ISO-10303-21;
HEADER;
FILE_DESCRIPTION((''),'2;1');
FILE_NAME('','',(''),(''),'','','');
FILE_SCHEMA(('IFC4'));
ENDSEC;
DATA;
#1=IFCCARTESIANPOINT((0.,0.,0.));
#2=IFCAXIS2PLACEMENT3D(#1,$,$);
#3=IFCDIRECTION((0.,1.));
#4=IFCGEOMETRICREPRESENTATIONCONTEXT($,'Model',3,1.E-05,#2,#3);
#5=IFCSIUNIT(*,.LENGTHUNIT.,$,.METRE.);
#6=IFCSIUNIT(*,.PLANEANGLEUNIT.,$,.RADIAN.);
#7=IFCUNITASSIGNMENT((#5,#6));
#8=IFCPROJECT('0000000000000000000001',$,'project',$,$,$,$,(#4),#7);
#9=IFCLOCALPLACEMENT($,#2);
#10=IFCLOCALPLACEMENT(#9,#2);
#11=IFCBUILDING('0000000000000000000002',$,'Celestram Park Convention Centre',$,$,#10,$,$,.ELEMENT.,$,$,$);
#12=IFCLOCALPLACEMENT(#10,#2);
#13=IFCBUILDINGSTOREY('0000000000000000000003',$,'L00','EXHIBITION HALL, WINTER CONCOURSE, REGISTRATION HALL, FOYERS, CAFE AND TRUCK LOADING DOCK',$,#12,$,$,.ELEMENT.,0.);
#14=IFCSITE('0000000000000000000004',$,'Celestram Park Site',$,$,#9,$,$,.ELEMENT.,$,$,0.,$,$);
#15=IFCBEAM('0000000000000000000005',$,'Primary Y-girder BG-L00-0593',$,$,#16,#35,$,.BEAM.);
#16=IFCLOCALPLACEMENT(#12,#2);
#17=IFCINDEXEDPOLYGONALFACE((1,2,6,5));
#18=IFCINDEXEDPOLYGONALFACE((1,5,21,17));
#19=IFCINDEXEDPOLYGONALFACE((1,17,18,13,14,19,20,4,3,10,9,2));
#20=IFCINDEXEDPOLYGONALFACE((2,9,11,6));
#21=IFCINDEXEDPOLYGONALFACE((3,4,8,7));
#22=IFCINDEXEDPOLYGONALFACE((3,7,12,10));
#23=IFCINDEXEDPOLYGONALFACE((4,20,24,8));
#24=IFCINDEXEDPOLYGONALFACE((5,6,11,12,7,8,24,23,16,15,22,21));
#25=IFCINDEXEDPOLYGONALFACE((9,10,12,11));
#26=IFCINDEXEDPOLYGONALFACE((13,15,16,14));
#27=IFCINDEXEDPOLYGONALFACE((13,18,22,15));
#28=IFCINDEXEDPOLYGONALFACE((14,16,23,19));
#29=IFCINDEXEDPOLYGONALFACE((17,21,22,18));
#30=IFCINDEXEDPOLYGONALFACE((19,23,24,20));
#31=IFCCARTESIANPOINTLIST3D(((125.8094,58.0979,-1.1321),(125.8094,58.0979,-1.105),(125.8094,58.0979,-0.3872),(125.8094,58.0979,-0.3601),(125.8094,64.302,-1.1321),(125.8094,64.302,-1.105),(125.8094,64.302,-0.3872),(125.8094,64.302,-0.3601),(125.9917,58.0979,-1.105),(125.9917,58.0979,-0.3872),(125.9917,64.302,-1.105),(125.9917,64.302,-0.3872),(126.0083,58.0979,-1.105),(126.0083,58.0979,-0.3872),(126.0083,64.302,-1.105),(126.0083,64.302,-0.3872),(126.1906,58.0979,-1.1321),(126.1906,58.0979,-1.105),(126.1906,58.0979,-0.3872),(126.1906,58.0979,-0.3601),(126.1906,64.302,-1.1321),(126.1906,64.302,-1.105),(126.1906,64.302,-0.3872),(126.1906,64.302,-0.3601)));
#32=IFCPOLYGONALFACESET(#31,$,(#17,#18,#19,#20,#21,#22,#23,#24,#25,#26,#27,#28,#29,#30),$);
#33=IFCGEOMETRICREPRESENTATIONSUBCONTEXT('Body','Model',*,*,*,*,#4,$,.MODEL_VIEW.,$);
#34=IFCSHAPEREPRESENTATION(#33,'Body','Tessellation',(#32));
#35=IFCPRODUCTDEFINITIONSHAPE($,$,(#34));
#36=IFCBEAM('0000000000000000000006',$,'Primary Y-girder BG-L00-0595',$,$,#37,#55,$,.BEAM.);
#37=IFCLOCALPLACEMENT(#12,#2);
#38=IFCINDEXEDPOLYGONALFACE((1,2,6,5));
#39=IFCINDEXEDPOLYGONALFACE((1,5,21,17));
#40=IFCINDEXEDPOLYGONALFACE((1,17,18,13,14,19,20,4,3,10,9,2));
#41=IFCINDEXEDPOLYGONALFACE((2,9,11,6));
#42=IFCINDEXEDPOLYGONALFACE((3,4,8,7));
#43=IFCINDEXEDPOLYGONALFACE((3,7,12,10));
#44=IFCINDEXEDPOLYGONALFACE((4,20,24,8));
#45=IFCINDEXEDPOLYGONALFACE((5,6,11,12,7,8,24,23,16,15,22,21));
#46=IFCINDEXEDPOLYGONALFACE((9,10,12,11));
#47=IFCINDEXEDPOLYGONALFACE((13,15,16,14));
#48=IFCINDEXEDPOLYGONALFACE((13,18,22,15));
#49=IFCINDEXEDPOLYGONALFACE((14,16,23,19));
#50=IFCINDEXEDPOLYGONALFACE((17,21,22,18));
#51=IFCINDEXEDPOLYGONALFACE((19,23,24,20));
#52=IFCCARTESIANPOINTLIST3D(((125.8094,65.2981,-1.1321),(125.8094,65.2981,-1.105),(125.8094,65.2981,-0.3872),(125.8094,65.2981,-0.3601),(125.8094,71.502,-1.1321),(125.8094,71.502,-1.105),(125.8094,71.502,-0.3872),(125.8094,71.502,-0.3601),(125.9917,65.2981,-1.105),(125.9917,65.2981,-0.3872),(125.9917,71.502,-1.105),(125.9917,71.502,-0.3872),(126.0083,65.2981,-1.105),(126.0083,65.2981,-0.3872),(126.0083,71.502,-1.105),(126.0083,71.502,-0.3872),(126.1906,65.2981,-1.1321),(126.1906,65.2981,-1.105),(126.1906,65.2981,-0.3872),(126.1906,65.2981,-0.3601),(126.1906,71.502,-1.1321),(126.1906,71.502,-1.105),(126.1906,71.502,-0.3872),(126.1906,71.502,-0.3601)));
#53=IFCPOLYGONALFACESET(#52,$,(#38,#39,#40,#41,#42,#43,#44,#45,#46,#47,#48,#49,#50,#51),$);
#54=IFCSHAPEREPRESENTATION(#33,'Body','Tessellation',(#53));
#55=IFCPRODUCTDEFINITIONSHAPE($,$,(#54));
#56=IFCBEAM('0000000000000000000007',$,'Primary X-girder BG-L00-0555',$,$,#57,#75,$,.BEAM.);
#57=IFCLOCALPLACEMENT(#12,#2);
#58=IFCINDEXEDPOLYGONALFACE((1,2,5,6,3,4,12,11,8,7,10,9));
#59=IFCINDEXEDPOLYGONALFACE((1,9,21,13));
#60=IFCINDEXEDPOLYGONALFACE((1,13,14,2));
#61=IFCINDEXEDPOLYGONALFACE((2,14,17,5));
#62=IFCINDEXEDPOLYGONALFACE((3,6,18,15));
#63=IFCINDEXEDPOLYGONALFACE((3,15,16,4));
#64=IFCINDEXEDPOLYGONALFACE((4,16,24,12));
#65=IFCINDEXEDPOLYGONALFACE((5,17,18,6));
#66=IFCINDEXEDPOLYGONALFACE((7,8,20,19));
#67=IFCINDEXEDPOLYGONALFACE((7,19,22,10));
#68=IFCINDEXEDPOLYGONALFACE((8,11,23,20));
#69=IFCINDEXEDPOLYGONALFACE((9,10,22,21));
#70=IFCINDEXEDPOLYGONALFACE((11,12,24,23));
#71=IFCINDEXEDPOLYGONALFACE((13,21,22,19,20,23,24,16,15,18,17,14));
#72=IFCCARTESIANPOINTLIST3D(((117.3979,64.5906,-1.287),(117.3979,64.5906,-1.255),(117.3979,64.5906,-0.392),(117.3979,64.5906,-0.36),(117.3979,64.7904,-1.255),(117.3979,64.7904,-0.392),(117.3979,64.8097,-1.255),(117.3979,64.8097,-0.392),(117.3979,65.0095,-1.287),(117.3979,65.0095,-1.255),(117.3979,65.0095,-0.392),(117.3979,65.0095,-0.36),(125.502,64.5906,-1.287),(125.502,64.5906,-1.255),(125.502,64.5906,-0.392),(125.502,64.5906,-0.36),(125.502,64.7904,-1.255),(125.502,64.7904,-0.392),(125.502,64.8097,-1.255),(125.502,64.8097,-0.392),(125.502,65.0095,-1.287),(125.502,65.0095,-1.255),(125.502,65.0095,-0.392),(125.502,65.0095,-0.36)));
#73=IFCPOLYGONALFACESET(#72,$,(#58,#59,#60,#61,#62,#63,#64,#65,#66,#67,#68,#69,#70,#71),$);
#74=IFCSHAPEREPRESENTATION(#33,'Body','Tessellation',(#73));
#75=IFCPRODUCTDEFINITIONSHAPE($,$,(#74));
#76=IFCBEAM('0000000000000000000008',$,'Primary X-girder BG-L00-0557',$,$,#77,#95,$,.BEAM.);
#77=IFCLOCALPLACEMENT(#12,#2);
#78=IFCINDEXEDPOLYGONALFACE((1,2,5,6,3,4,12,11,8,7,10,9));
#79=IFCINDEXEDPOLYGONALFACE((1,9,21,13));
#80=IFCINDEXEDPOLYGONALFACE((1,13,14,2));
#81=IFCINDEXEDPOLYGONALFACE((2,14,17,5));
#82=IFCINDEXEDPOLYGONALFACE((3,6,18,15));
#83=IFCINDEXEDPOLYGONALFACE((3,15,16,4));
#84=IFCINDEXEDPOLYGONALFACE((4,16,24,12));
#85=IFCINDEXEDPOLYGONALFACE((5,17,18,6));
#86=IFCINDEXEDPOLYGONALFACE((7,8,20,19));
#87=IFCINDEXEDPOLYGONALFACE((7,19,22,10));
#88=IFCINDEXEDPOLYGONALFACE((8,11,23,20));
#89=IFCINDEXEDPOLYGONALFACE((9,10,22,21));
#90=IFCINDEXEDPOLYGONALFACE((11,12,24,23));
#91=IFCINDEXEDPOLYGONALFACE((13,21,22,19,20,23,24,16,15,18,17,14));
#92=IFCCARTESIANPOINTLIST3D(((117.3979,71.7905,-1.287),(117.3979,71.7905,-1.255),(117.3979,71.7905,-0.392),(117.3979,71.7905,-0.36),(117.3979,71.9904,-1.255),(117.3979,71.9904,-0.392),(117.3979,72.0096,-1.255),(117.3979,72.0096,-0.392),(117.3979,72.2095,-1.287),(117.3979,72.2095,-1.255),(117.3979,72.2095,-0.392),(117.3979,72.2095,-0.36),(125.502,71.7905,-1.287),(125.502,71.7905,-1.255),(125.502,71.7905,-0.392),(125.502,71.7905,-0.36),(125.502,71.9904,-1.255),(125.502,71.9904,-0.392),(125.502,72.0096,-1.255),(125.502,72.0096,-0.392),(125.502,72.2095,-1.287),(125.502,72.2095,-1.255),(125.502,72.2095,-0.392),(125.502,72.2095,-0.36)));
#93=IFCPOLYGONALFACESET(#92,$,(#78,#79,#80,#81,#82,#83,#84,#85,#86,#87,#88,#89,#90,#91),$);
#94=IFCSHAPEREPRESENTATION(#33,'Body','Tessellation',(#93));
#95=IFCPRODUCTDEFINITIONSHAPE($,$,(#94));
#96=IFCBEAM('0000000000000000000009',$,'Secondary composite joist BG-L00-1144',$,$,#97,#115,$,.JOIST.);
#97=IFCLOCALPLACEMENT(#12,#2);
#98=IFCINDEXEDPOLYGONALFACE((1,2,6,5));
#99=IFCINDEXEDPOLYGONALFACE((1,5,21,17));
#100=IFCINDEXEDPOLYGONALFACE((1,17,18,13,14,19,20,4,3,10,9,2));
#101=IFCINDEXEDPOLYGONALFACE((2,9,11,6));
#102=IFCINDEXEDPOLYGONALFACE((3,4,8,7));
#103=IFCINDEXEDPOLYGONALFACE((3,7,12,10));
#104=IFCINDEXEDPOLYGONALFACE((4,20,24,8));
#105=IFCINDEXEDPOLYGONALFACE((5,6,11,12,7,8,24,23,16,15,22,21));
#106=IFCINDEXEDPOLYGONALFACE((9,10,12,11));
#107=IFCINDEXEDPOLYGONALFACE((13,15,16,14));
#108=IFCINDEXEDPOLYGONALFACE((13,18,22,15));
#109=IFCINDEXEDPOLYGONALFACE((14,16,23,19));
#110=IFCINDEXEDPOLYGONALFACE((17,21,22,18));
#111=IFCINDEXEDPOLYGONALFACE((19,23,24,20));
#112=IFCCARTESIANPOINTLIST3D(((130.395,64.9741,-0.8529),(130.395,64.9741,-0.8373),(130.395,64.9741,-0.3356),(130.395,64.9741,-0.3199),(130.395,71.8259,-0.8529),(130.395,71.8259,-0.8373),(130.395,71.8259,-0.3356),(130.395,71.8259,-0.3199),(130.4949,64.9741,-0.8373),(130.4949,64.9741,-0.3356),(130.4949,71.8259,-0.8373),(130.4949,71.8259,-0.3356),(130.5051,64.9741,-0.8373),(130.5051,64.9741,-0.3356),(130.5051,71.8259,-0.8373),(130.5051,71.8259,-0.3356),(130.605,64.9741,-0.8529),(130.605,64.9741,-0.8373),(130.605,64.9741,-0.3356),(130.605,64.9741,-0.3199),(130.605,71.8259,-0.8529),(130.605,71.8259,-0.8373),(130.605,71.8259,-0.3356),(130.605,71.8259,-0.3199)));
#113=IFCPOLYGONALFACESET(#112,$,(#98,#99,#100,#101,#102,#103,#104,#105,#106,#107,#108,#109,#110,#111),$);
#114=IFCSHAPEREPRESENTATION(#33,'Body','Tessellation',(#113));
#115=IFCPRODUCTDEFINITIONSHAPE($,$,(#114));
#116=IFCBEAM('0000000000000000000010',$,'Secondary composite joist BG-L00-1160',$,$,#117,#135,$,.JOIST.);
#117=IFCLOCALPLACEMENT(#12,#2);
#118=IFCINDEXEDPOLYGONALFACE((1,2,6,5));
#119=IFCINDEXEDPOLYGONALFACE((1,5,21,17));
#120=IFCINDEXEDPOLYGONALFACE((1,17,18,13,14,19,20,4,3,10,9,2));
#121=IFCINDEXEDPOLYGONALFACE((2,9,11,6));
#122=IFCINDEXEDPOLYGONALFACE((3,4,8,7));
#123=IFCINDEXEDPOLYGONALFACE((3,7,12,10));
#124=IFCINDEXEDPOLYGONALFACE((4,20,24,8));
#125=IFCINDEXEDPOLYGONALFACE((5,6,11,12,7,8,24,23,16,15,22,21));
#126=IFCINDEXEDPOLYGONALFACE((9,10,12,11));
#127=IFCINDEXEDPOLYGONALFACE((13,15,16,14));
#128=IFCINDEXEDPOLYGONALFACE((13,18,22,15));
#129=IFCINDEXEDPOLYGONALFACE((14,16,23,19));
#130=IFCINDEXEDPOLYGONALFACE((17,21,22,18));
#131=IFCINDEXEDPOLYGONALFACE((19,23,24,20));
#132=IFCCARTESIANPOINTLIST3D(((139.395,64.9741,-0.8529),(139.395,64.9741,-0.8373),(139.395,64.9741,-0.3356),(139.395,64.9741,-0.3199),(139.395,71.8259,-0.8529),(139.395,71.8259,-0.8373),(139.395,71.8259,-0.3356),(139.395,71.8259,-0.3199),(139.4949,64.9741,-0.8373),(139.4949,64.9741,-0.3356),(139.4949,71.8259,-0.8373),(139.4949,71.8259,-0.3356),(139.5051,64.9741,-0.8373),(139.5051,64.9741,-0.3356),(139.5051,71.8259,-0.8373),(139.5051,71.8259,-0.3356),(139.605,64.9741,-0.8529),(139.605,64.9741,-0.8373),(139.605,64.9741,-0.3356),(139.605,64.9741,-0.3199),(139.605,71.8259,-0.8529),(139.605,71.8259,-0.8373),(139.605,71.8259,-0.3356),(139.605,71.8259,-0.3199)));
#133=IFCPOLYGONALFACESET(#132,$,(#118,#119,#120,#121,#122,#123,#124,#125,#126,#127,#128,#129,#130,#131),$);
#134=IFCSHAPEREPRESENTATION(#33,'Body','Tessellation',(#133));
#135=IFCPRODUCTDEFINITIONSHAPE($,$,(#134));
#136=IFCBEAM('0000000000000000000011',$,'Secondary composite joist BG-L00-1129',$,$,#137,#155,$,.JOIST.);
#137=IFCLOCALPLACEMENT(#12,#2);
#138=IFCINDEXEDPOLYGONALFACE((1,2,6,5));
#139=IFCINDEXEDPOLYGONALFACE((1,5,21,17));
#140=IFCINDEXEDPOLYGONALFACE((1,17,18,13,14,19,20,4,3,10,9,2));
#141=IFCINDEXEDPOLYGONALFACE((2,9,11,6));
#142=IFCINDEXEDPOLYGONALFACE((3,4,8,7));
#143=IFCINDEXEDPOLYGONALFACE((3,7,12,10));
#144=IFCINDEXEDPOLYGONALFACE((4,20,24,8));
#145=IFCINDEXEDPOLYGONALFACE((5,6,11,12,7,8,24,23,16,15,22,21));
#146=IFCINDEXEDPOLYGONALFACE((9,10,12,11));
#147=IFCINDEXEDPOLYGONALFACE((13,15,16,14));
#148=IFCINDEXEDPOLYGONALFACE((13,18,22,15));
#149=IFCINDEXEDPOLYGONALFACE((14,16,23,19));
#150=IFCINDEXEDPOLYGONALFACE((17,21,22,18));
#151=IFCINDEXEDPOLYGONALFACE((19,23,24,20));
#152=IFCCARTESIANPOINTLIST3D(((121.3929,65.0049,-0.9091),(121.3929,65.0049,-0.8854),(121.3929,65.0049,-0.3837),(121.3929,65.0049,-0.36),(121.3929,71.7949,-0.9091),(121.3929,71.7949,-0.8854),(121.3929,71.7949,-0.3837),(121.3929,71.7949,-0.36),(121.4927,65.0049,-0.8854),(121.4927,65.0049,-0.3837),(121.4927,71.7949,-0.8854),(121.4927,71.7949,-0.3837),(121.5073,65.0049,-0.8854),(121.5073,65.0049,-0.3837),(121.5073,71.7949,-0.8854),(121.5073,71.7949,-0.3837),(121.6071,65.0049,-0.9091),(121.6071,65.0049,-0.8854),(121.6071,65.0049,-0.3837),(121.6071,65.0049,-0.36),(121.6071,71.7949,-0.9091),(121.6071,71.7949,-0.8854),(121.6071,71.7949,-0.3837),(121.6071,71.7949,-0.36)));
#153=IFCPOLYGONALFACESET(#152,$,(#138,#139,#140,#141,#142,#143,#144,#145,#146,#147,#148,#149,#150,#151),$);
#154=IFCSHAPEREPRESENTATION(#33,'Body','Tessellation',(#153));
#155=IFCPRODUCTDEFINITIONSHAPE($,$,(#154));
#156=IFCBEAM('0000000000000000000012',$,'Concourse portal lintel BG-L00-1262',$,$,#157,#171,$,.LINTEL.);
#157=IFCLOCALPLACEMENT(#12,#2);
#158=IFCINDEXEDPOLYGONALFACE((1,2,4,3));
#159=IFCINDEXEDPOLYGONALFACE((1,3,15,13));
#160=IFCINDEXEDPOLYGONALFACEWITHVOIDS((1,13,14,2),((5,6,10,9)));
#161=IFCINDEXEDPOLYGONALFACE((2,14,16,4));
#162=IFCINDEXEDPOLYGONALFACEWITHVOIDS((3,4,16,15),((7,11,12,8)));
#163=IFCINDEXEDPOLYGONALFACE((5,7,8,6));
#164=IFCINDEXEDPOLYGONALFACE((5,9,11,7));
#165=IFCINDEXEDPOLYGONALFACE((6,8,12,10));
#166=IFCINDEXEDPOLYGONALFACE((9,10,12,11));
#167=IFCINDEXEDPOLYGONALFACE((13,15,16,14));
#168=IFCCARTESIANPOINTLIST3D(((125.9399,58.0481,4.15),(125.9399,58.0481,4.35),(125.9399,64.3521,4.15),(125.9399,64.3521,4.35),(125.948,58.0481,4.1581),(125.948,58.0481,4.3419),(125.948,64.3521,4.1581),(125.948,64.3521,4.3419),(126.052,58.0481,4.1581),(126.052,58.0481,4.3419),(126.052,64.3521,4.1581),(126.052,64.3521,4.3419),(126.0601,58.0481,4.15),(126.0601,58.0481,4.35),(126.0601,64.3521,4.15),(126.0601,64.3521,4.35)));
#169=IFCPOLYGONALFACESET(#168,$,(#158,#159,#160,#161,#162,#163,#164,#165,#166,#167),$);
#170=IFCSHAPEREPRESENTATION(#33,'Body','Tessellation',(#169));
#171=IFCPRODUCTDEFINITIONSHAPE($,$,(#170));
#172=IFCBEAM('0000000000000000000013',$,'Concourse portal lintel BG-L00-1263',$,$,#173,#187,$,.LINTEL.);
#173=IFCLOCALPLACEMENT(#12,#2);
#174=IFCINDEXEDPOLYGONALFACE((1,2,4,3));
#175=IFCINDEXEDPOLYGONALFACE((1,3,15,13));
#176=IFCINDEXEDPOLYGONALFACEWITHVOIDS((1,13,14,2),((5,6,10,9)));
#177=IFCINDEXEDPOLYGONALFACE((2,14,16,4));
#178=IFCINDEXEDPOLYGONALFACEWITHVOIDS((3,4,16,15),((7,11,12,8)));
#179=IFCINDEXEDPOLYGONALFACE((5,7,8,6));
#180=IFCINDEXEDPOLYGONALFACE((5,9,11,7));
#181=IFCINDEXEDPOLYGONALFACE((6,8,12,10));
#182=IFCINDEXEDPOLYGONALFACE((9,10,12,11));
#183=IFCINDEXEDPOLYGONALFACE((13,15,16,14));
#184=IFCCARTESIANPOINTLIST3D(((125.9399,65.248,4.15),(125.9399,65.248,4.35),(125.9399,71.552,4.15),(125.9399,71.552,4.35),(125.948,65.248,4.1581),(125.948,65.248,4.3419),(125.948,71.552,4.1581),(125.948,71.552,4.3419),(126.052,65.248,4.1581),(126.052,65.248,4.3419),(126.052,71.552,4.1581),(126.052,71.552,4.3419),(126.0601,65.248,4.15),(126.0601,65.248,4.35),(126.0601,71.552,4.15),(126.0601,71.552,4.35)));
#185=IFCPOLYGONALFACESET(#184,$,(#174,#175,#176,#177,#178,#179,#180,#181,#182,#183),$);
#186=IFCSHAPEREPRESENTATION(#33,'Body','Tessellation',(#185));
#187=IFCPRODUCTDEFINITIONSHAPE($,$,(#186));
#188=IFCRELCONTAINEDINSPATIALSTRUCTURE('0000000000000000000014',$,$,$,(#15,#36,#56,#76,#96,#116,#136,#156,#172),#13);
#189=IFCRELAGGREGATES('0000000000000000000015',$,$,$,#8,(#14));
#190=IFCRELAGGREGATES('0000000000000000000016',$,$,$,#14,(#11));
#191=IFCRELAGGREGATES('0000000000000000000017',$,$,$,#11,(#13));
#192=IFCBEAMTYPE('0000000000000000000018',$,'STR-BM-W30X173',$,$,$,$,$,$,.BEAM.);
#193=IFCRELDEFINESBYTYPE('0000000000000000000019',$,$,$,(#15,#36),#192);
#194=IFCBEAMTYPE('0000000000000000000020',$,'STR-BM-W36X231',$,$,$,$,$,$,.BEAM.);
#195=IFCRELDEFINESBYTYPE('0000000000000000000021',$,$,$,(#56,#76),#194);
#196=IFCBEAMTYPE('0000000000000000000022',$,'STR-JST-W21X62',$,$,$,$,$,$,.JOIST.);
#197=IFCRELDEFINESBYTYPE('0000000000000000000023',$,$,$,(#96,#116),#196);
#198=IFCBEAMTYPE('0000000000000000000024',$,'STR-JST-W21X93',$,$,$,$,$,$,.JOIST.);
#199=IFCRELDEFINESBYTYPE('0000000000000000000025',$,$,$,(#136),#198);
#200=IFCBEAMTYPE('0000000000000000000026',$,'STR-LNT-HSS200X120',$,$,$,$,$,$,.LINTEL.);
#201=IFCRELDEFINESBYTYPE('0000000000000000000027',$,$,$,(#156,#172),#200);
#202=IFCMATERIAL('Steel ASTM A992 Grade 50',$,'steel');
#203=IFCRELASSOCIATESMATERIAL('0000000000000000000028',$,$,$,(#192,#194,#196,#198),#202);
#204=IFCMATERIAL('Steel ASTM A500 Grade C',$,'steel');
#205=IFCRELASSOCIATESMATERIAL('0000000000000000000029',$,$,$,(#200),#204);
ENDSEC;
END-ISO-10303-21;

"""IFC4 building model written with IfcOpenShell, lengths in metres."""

from ifc_helpers import new_model, si_unit, direction, frame, origin, origin_2d, place, context, subcontext, project, spatial, hollow_rectangle, i_section, extrude, material, material_profile, profile_set, type_object, element, save


model = new_model("IFC4")

# Units and contexts
model_context = context("Model", 3, precision=1e-05, world=origin(), true_north=direction((0.0, 1.0)))
body_context = subcontext(model_context, "Body", "Model", "MODEL_VIEW")
ifc_project = project(units=[si_unit("LENGTHUNIT", "METRE"), si_unit("PLANEANGLEUNIT", "RADIAN")], contexts=[model_context])

# Site, building, storey
site_placement = place(None, origin())
site = spatial("IfcSite", under=ifc_project, at=site_placement, Name="Celestram Park Site", CompositionType="ELEMENT", RefElevation=0.0)
building_placement = place(site_placement, origin())
building = spatial("IfcBuilding", under=site, at=building_placement, Name="Celestram Park Convention Centre", CompositionType="ELEMENT")
storey_placement = place(building_placement, origin())
storey = spatial("IfcBuildingStorey", under=building, at=storey_placement, Name="L00", Description="EXHIBITION HALL, WINTER CONCOURSE, REGISTRATION HALL, FOYERS, CAFE AND TRUCK LOADING DOCK", CompositionType="ELEMENT", Elevation=0.0)

# Beams
ifc_material_1 = material(Name="Steel ASTM A992 Grade 50", Category="steel")
ifc_material_profile_1 = material_profile(ifc_material_1, i_section(OverallWidth=0.3811, OverallDepth=0.772, WebThickness=0.0166, FlangeThickness=0.0271, at=origin_2d()), Name="W30X173")
ifc_profile_set_1 = profile_set([ifc_material_profile_1], Name="Steel ASTM A992 Grade 50")
beam_type_1 = type_object("IfcBeamType", Name="STR-BM-W30X173", PredefinedType="BEAM", material=ifc_profile_set_1)
beam_1_placement = place(storey_placement, frame((126.0, 58.0979, -0.7461), z_axis=(0.0, 1.0, 0.0), x_axis=(-1.0, 0.0, 0.0)))
element("IfcBeam", 1, at=beam_1_placement, inside=storey, type_object=beam_type_1, Name="Primary Y-girder BG-L00-0593", PredefinedType="BEAM", context=body_context, shape_type="SweptSolid", body=[
    extrude(i_section(OverallWidth=0.3811, OverallDepth=0.772, WebThickness=0.0166, FlangeThickness=0.0271, at=origin_2d()), origin(), (0.0, 0.0, 1.0), 6.2041),
])
beam_2_placement = place(storey_placement, frame((126.0, 65.2981, -0.7461), z_axis=(0.0, 1.0, 0.0), x_axis=(-1.0, 0.0, 0.0)))
element("IfcBeam", 2, at=beam_2_placement, inside=storey, type_object=beam_type_1, Name="Primary Y-girder BG-L00-0595", PredefinedType="BEAM", context=body_context, shape_type="SweptSolid", body=[
    extrude(i_section(OverallWidth=0.3811, OverallDepth=0.772, WebThickness=0.0166, FlangeThickness=0.0271, at=origin_2d()), origin(), (0.0, 0.0, 1.0), 6.2039),
])
ifc_material_profile_2 = material_profile(ifc_material_1, i_section(OverallWidth=0.4189, OverallDepth=0.927, WebThickness=0.0193, FlangeThickness=0.032, at=origin_2d()), Name="W36X231")
ifc_profile_set_2 = profile_set([ifc_material_profile_2], Name="Steel ASTM A992 Grade 50")
beam_type_2 = type_object("IfcBeamType", Name="STR-BM-W36X231", PredefinedType="BEAM", material=ifc_profile_set_2)
for number, where, z_axis, x_axis, name in (
    (3, (117.3979, 64.8, -0.8235), (1.0, 0.0, 0.0), (0.0, 1.0, 0.0), "Primary X-girder BG-L00-0555"),
    (4, (117.3979, 72.0, -0.8235), (1.0, 0.0, 0.0), (0.0, 1.0, 0.0), "Primary X-girder BG-L00-0557"),
):
    element("IfcBeam", number, at=place(storey_placement, frame(where, z_axis=z_axis, x_axis=x_axis)), inside=storey, type_object=beam_type_2, Name=name, PredefinedType="BEAM", context=body_context, shape_type="SweptSolid", body=[
        extrude(i_section(OverallWidth=0.4189, OverallDepth=0.927, WebThickness=0.0193, FlangeThickness=0.032, at=origin_2d()), origin(), (0.0, 0.0, 1.0), 8.104),
    ])
ifc_material_profile_3 = material_profile(ifc_material_1, i_section(OverallWidth=0.21, OverallDepth=0.533, WebThickness=0.0103, FlangeThickness=0.0156, at=origin_2d()), Name="W21X62")
ifc_profile_set_3 = profile_set([ifc_material_profile_3], Name="Steel ASTM A992 Grade 50")
beam_type_3 = type_object("IfcBeamType", Name="STR-JST-W21X62", PredefinedType="JOIST", material=ifc_profile_set_3)
for number, where, z_axis, x_axis, name in (
    (5, (130.5, 64.9741, -0.5864), (0.0, 1.0, 0.0), (-1.0, 0.0, 0.0), "Secondary composite joist BG-L00-1144"),
    (6, (139.5, 64.9741, -0.5864), (0.0, 1.0, 0.0), (-1.0, 0.0, 0.0), "Secondary composite joist BG-L00-1160"),
):
    element("IfcBeam", number, at=place(storey_placement, frame(where, z_axis=z_axis, x_axis=x_axis)), inside=storey, type_object=beam_type_3, Name=name, PredefinedType="JOIST", context=body_context, shape_type="SweptSolid", body=[
        extrude(i_section(OverallWidth=0.21, OverallDepth=0.533, WebThickness=0.0103, FlangeThickness=0.0156, at=origin_2d()), origin(), (0.0, 0.0, 1.0), 6.8518),
    ])
ifc_material_profile_4 = material_profile(ifc_material_1, i_section(OverallWidth=0.2141, OverallDepth=0.5491, WebThickness=0.0146, FlangeThickness=0.0237, at=origin_2d()), Name="W21X93")
ifc_profile_set_4 = profile_set([ifc_material_profile_4], Name="Steel ASTM A992 Grade 50")
beam_type_4 = type_object("IfcBeamType", Name="STR-JST-W21X93", PredefinedType="JOIST", material=ifc_profile_set_4)
beam_3_placement = place(storey_placement, frame((121.5, 65.0049, -0.6345), z_axis=(0.0, 1.0, 0.0), x_axis=(-1.0, 0.0, 0.0)))
element("IfcBeam", 7, at=beam_3_placement, inside=storey, type_object=beam_type_4, Name="Secondary composite joist BG-L00-1129", PredefinedType="JOIST", context=body_context, shape_type="SweptSolid", body=[
    extrude(i_section(OverallWidth=0.2141, OverallDepth=0.5491, WebThickness=0.0146, FlangeThickness=0.0237, at=origin_2d()), origin(), (0.0, 0.0, 1.0), 6.79),
])
ifc_material_2 = material(Name="Steel ASTM A500 Grade C", Category="steel")
ifc_material_profile_5 = material_profile(ifc_material_2, hollow_rectangle(XDim=0.1201, YDim=0.2, WallThickness=0.0081, at=origin_2d()), Name="HSS200X120X8")
ifc_profile_set_5 = profile_set([ifc_material_profile_5], Name="Steel ASTM A500 Grade C")
beam_type_5 = type_object("IfcBeamType", Name="STR-LNT-HSS200X120", PredefinedType="LINTEL", material=ifc_profile_set_5)
for number, where, z_axis, x_axis, name in (
    (8, (126.0, 58.0481, 4.25), (0.0, 1.0, 0.0), (-1.0, 0.0, 0.0), "Concourse portal lintel BG-L00-1262"),
    (9, (126.0, 65.248, 4.25), (0.0, 1.0, 0.0), (-1.0, 0.0, 0.0), "Concourse portal lintel BG-L00-1263"),
):
    element("IfcBeam", number, at=place(storey_placement, frame(where, z_axis=z_axis, x_axis=x_axis)), inside=storey, type_object=beam_type_5, Name=name, PredefinedType="LINTEL", context=body_context, shape_type="SweptSolid", body=[
        extrude(hollow_rectangle(XDim=0.1201, YDim=0.2, WallThickness=0.0081, at=origin_2d()), origin(), (0.0, 0.0, 1.0), 6.304),
    ])

save(model, "model.ifc")
